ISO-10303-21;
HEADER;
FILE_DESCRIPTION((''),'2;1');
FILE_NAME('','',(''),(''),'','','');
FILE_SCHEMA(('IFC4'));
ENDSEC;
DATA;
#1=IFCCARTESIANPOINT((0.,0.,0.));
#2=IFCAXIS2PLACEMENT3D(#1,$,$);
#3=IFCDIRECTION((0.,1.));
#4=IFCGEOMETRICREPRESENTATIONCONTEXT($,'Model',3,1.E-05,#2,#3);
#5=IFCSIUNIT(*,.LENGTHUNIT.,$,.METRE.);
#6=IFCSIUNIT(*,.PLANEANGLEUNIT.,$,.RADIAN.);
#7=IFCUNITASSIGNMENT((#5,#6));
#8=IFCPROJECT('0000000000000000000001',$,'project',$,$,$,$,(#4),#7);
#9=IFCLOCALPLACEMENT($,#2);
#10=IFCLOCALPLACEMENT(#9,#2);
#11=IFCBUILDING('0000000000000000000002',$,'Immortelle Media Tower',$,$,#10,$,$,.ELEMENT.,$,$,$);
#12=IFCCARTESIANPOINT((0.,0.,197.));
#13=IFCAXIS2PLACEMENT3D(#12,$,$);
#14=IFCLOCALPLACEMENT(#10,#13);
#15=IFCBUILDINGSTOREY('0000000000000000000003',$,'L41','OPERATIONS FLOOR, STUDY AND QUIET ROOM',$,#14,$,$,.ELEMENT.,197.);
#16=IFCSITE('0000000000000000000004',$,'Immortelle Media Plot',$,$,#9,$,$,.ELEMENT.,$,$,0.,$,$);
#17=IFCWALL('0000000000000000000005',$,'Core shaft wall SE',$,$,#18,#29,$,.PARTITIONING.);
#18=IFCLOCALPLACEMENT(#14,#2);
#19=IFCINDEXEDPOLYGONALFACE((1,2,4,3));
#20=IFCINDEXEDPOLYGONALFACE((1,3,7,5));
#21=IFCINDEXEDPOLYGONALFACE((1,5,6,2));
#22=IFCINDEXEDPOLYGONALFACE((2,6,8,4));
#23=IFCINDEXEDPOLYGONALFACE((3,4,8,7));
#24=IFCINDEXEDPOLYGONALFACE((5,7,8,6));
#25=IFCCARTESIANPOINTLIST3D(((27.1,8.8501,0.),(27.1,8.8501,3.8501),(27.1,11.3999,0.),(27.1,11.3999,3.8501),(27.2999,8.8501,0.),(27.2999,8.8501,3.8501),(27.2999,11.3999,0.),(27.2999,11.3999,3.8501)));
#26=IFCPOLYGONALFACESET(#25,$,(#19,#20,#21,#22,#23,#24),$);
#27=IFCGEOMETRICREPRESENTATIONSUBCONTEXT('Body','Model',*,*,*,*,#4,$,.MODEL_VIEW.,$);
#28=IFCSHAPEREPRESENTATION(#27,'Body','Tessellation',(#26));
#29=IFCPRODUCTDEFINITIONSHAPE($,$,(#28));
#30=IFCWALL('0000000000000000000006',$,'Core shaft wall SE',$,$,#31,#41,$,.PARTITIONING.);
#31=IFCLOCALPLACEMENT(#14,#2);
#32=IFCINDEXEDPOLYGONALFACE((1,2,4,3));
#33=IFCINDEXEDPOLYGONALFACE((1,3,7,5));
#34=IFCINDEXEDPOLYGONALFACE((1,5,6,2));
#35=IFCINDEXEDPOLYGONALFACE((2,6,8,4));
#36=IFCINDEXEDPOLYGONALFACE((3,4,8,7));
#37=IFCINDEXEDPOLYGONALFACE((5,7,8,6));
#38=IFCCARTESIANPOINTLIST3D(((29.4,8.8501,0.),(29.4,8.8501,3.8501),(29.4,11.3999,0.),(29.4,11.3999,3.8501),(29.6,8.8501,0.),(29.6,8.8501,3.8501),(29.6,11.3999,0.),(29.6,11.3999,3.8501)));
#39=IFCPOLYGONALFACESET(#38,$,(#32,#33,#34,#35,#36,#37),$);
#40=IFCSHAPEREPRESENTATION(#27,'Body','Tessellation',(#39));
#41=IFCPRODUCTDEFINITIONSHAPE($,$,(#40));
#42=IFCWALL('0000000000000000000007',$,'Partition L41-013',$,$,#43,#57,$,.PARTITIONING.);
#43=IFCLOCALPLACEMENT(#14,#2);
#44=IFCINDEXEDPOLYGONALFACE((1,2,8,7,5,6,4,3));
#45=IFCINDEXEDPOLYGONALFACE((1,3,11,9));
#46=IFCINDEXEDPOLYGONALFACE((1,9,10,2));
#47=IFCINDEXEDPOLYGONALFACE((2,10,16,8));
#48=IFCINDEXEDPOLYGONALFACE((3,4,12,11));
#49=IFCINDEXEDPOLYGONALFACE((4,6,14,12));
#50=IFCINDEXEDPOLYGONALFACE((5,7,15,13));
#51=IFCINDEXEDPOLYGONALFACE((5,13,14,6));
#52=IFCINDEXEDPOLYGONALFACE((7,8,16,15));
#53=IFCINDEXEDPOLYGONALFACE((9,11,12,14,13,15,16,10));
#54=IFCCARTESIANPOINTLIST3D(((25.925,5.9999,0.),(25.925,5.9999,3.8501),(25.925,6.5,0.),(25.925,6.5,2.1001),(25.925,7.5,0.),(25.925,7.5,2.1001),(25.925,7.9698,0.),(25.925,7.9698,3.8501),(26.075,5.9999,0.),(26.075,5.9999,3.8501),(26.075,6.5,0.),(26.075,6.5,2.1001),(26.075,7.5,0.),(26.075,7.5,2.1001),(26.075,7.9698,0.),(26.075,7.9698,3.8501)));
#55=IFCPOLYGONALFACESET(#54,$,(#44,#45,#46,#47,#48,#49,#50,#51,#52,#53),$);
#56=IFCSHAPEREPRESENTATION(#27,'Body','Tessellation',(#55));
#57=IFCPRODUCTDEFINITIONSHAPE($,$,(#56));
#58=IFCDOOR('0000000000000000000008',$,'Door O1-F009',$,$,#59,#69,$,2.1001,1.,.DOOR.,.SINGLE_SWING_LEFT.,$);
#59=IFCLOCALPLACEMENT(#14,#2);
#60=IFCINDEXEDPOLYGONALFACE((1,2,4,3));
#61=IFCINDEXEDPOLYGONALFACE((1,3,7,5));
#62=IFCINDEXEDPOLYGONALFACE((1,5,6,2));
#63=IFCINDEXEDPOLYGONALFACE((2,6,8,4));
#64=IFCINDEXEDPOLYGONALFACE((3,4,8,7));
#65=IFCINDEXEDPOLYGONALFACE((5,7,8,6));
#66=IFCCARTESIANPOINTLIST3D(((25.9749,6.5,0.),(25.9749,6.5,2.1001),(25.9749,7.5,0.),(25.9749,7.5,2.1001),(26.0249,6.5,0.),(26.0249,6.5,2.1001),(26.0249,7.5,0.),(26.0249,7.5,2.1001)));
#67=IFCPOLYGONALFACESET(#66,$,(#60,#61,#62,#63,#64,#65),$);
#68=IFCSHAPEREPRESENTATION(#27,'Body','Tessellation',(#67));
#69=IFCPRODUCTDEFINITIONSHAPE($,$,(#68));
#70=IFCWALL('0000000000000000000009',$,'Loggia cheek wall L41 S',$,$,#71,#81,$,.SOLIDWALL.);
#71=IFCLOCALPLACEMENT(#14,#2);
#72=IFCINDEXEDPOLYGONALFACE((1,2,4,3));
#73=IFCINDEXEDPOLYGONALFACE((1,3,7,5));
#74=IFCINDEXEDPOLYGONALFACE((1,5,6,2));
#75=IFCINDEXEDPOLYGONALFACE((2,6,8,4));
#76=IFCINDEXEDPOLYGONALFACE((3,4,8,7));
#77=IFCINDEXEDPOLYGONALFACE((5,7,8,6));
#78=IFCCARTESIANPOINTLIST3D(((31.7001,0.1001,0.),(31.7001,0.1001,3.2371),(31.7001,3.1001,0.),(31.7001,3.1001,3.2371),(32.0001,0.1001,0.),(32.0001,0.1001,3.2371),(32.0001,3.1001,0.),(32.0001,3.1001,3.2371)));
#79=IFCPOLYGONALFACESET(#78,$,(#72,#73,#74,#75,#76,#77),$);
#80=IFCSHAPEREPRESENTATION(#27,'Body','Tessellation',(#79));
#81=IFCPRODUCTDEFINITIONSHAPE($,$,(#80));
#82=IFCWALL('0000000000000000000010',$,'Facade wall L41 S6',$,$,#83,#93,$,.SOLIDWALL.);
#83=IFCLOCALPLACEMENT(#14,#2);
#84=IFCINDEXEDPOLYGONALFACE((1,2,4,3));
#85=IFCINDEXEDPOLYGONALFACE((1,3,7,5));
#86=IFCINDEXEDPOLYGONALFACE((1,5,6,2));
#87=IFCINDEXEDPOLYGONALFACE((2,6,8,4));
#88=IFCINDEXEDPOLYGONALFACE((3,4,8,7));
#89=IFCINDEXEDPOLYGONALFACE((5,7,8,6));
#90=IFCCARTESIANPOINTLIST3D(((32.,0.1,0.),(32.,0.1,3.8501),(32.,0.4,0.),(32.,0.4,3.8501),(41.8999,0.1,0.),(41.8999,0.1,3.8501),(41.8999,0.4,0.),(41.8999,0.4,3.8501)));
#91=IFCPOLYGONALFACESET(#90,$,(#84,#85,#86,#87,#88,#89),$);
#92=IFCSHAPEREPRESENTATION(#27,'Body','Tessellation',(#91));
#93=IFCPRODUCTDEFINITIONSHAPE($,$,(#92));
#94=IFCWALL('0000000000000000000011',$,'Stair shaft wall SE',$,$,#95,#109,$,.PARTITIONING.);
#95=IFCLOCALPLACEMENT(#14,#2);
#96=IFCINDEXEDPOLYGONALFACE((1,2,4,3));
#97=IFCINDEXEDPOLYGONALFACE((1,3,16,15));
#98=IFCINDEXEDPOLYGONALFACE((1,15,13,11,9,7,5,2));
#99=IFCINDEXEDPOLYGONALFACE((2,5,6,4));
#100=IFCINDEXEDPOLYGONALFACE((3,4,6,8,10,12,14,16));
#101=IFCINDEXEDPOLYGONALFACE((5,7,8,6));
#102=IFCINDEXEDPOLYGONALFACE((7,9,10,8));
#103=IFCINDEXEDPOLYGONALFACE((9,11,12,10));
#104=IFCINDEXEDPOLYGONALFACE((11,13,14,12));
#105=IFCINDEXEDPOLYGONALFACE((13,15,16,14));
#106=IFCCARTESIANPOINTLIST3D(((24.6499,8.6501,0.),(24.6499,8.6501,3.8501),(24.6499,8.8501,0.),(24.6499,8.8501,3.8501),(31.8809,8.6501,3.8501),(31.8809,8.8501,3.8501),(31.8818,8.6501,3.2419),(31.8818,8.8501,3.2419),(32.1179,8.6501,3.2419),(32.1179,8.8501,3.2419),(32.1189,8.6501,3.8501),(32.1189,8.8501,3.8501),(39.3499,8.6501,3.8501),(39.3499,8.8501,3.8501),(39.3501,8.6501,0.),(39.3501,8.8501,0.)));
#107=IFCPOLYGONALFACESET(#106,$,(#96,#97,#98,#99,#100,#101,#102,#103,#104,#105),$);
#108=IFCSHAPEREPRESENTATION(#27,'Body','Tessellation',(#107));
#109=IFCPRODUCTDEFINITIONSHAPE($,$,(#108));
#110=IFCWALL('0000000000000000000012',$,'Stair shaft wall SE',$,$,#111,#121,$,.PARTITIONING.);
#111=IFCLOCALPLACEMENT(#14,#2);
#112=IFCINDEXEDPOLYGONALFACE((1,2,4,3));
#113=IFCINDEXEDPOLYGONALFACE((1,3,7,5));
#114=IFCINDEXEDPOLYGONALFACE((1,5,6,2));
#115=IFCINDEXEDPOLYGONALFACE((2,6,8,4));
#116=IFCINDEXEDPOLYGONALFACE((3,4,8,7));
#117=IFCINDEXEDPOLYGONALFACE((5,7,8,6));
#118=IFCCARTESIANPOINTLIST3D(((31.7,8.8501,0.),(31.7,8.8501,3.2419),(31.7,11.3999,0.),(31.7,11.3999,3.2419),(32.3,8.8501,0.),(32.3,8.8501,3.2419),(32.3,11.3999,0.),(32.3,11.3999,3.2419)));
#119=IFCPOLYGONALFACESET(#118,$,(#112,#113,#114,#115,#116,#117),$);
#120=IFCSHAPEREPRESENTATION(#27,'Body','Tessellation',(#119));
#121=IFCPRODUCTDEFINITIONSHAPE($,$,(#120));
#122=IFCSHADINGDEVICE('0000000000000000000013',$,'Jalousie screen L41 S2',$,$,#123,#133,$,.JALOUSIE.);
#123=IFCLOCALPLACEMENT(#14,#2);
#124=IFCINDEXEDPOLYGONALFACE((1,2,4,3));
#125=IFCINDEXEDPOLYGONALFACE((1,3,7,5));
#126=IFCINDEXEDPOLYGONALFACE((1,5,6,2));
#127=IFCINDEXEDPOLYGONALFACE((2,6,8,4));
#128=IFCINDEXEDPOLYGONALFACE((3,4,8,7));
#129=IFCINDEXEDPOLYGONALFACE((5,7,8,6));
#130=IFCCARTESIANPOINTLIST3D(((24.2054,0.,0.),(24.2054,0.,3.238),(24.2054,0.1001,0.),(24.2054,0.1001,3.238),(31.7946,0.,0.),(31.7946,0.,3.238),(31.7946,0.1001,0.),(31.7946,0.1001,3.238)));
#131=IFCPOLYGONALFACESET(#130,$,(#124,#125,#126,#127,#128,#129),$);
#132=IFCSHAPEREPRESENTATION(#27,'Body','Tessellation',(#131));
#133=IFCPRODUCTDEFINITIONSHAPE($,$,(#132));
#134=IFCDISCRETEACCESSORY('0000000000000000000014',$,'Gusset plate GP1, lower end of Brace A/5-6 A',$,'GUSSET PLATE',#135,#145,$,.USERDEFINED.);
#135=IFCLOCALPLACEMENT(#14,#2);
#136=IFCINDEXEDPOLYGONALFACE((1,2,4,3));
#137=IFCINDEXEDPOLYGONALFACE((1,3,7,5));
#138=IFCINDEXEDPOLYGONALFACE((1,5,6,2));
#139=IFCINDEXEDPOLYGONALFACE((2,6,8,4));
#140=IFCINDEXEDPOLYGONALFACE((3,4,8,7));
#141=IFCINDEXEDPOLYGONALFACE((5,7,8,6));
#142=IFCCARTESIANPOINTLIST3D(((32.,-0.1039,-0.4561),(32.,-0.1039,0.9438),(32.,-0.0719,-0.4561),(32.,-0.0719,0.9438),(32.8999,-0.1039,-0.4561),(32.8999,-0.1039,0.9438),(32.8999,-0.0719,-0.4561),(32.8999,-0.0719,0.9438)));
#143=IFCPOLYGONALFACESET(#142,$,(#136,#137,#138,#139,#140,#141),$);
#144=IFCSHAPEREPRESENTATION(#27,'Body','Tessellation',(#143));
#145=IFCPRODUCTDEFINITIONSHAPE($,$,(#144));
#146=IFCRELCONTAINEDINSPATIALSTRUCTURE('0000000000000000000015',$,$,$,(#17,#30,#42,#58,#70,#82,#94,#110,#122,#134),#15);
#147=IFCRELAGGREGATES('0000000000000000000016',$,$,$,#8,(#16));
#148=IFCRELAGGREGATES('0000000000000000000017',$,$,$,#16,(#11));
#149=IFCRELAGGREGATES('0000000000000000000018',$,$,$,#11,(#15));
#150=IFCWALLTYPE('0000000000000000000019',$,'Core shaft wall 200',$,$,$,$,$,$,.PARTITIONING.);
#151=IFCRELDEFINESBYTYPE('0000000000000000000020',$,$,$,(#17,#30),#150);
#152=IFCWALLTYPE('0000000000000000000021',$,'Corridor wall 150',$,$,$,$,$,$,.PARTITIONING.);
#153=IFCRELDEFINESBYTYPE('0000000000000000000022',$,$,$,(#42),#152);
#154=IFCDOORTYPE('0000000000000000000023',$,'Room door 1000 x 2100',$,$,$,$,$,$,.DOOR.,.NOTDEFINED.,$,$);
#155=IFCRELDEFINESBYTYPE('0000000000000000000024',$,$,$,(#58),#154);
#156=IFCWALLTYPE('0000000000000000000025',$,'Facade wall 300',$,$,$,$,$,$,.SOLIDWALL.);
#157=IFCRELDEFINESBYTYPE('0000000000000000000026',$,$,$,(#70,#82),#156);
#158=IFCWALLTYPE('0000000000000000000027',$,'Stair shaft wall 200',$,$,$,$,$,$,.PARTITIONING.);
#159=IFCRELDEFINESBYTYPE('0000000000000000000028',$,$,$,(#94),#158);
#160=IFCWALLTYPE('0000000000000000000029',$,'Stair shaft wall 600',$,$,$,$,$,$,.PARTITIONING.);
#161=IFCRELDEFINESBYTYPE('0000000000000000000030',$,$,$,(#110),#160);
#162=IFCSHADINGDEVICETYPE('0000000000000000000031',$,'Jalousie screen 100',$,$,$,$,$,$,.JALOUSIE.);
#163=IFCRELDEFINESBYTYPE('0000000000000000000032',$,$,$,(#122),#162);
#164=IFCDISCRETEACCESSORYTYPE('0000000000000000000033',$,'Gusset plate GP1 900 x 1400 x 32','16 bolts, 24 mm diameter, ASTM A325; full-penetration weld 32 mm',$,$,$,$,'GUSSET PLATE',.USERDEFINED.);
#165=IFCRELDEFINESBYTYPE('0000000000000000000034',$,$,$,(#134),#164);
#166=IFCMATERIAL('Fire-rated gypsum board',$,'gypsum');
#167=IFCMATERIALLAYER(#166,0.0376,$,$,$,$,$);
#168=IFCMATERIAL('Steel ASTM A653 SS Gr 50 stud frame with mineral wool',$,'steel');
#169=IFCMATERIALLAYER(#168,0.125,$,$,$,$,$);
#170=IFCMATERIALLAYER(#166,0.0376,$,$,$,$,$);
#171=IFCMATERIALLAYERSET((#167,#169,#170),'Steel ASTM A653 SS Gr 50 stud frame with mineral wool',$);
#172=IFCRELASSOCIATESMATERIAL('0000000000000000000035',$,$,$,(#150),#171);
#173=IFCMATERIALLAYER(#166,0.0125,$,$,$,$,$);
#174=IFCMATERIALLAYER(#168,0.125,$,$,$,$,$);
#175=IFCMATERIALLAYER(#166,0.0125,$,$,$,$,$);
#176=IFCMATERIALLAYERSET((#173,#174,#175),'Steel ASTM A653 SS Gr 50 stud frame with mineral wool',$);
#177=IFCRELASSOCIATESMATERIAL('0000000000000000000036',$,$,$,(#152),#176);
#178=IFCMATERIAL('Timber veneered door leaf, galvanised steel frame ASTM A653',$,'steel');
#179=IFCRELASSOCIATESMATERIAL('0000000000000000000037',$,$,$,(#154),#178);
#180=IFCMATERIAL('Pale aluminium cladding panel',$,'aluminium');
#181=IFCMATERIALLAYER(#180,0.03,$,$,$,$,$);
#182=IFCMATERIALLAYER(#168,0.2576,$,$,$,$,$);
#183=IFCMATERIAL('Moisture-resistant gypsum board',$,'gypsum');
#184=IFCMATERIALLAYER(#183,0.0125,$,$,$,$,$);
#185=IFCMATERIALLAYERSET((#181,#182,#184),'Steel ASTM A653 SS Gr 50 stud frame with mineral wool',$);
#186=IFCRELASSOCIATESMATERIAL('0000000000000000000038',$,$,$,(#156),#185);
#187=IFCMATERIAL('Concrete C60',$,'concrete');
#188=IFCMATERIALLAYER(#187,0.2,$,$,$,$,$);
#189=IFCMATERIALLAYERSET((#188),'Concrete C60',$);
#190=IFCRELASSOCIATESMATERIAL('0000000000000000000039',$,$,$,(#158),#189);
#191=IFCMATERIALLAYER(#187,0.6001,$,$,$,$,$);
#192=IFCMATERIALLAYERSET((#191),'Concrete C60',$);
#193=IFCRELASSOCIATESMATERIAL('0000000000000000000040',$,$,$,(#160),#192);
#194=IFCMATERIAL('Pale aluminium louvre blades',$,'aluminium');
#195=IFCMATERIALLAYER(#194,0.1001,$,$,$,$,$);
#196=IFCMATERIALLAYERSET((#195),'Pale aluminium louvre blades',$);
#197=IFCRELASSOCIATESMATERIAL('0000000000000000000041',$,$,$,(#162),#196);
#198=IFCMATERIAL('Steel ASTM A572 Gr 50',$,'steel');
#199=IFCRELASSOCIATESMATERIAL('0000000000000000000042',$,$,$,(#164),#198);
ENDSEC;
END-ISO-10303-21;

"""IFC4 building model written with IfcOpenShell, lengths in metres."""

from ifc_helpers import new_model, si_unit, direction, frame, frame_2d, origin, origin_2d, place, context, subcontext, project, spatial, polyline, rectangle, outline, extrude, material, layer, layer_set, material_profile, profile_set, type_object, element, fill, save


model = new_model("IFC4")

# Units and contexts
model_context = context("Model", 3, precision=1e-05, world=origin(), true_north=direction((0.0, 1.0)))
body_context = subcontext(model_context, "Body", "Model", "MODEL_VIEW")
ifc_project = project(units=[si_unit("LENGTHUNIT", "METRE"), si_unit("PLANEANGLEUNIT", "RADIAN")], contexts=[model_context])

# Site, building, storey
site_placement = place(None, origin())
site = spatial("IfcSite", under=ifc_project, at=site_placement, Name="Immortelle Media Plot", CompositionType="ELEMENT", RefElevation=0.0)
building_placement = place(site_placement, origin())
building = spatial("IfcBuilding", under=site, at=building_placement, Name="Immortelle Media Tower", CompositionType="ELEMENT")
storey_placement = place(building_placement, frame((0.0, 0.0, 197.0)))
storey = spatial("IfcBuildingStorey", under=building, at=storey_placement, Name="L41", Description="OPERATIONS FLOOR, STUDY AND QUIET ROOM", CompositionType="ELEMENT", Elevation=197.0)

# Walls
ifc_material_1 = material(Name="Fire-rated gypsum board", Category="gypsum")
ifc_layer_1 = layer(ifc_material_1, 0.0376)
ifc_material_2 = material(Name="Steel ASTM A653 SS Gr 50 stud frame with mineral wool", Category="steel")
ifc_layer_2 = layer(ifc_material_2, 0.125)
ifc_layer_3 = layer(ifc_material_1, 0.0376)
ifc_layer_set_1 = layer_set([ifc_layer_1, ifc_layer_2, ifc_layer_3], Name="Steel ASTM A653 SS Gr 50 stud frame with mineral wool")
wall_type_1 = type_object("IfcWallType", Name="Core shaft wall 200", PredefinedType="PARTITIONING", material=ifc_layer_set_1)
for number, where, z_axis, x_axis, name in (
    (1, (27.2, 8.8501, 0.0), (0.0, 0.0, 1.0), (0.0, 1.0, 0.0), "Core shaft wall SE"),
    (2, (29.5, 8.8501, 0.0), (0.0, 0.0, 1.0), (0.0, 1.0, 0.0), "Core shaft wall SE"),
):
    element("IfcWall", number, at=place(storey_placement, frame(where, z_axis=z_axis, x_axis=x_axis)), inside=storey, type_object=wall_type_1, Name=name, PredefinedType="PARTITIONING", context=body_context, shape_type="SweptSolid", body=[
        extrude(rectangle(XDim=2.5498, YDim=0.2, at=frame_2d((1.2749, 0.0))), origin(), (0.0, 0.0, 1.0), 3.8501),
    ])

# Wall, opening, door
ifc_layer_4 = layer(ifc_material_1, 0.0125)
ifc_layer_5 = layer(ifc_material_2, 0.125)
ifc_layer_6 = layer(ifc_material_1, 0.0125)
ifc_layer_set_2 = layer_set([ifc_layer_4, ifc_layer_5, ifc_layer_6], Name="Steel ASTM A653 SS Gr 50 stud frame with mineral wool")
wall_type_2 = type_object("IfcWallType", Name="Corridor wall 150", PredefinedType="PARTITIONING", material=ifc_layer_set_2)
wall_1_placement = place(storey_placement, frame((26.0, 6.0, 0.0), z_axis=(0.0, 0.0, 1.0), x_axis=(0.0, 1.0, 0.0)))
wall_1 = element("IfcWall", 3, at=wall_1_placement, inside=storey, type_object=wall_type_2, Name="Partition L41-013", PredefinedType="PARTITIONING", context=body_context, shape_type="SweptSolid", body=[
    extrude(rectangle(XDim=1.97, YDim=0.1499, at=frame_2d((0.9849, 0.0))), origin(), (0.0, 0.0, 1.0), 3.8501),
])
opening_placement = place(wall_1_placement, frame((1.5, 0.0, 0.0), z_axis=(0.0, 0.0, 1.0), x_axis=(-1.0, 0.0, 0.0)))
opening = element("IfcOpeningElement", 4, at=opening_placement, cuts=wall_1, PredefinedType="OPENING", context=body_context, shape_type="SweptSolid", body=[
    extrude(rectangle(XDim=1.0, YDim=2.1001, at=frame_2d((0.5, 1.05))), frame((0.0, 0.085, 0.0), z_axis=(0.0, -1.0, 0.0), x_axis=(1.0, 0.0, 0.0)), (0.0, 0.0, 1.0), 0.1699),
])
ifc_material_3 = material(Name="Timber veneered door leaf, galvanised steel frame ASTM A653", Category="steel")
door_type = type_object("IfcDoorType", Name="Room door 1000 x 2100", OperationType="NOTDEFINED", PredefinedType="DOOR", material=ifc_material_3)
door_placement = place(opening_placement, origin())
door = element("IfcDoor", 5, at=door_placement, inside=storey, type_object=door_type, Name="Door O1-F009", OperationType="SINGLE_SWING_LEFT", OverallHeight=2.1001, OverallWidth=1.0, PredefinedType="DOOR", context=body_context, shape_type="SweptSolid", body=[
    extrude(rectangle(XDim=1.0, YDim=2.1001, at=frame_2d((0.5, 1.05))), frame((0.0, 0.0249, 0.0), z_axis=(0.0, -1.0, 0.0), x_axis=(1.0, 0.0, 0.0)), (0.0, 0.0, 1.0), 0.05),
])
fill(opening, door)

# Walls
ifc_material_4 = material(Name="Pale aluminium cladding panel", Category="aluminium")
ifc_layer_7 = layer(ifc_material_4, 0.03)
ifc_layer_8 = layer(ifc_material_2, 0.2576)
ifc_material_5 = material(Name="Moisture-resistant gypsum board", Category="gypsum")
ifc_layer_9 = layer(ifc_material_5, 0.0125)
ifc_layer_set_3 = layer_set([ifc_layer_7, ifc_layer_8, ifc_layer_9], Name="Steel ASTM A653 SS Gr 50 stud frame with mineral wool")
wall_type_3 = type_object("IfcWallType", Name="Facade wall 300", PredefinedType="SOLIDWALL", material=ifc_layer_set_3)
wall_2_placement = place(storey_placement, frame((31.8501, 0.1001, 0.0), z_axis=(0.0, 0.0, 1.0), x_axis=(0.0, 1.0, 0.0)))
element("IfcWall", 6, at=wall_2_placement, inside=storey, type_object=wall_type_3, Name="Loggia cheek wall L41 S", PredefinedType="SOLIDWALL", context=body_context, shape_type="SweptSolid", body=[
    extrude(rectangle(XDim=3.0, YDim=0.3, at=frame_2d((1.5, 0.0))), origin(), (0.0, 0.0, 1.0), 3.2371),
])
wall_3_placement = place(storey_placement, frame((32.0, 0.25, 0.0), z_axis=(0.0, 0.0, 1.0), x_axis=(1.0, 0.0, 0.0)))
element("IfcWall", 7, at=wall_3_placement, inside=storey, type_object=wall_type_3, Name="Facade wall L41 S6", PredefinedType="SOLIDWALL", context=body_context, shape_type="SweptSolid", body=[
    extrude(rectangle(XDim=9.8999, YDim=0.3, at=frame_2d((4.95, 0.0))), origin(), (0.0, 0.0, 1.0), 3.8501),
])
ifc_material_6 = material(Name="Concrete C60", Category="concrete")
ifc_layer_10 = layer(ifc_material_6, 0.2)
ifc_layer_set_4 = layer_set([ifc_layer_10], Name="Concrete C60")
wall_type_4 = type_object("IfcWallType", Name="Stair shaft wall 200", PredefinedType="PARTITIONING", material=ifc_layer_set_4)
wall_4_placement = place(storey_placement, frame((24.6499, 8.75, 0.0), z_axis=(0.0, 0.0, 1.0), x_axis=(1.0, 0.0, 0.0)))
element("IfcWall", 8, at=wall_4_placement, inside=storey, type_object=wall_type_4, Name="Stair shaft wall SE", PredefinedType="PARTITIONING", context=body_context, shape_type="SweptSolid", body=[
    extrude(outline(polyline([(0.0, 0.0), (14.7002, 0.0), (14.7, 3.8501), (7.469, 3.8501), (7.468, 3.2419), (7.2319, 3.2419), (7.231, 3.8501), (0.0, 3.8501), (0.0, 0.0)])), frame((0.0, 0.1001, 0.0), z_axis=(0.0, -1.0, 0.0), x_axis=(1.0, 0.0, 0.0)), (0.0, 0.0, 1.0), 0.2),
])
ifc_layer_11 = layer(ifc_material_6, 0.6001)
ifc_layer_set_5 = layer_set([ifc_layer_11], Name="Concrete C60")
wall_type_5 = type_object("IfcWallType", Name="Stair shaft wall 600", PredefinedType="PARTITIONING", material=ifc_layer_set_5)
wall_5_placement = place(storey_placement, frame((32.0, 8.8501, 0.0), z_axis=(0.0, 0.0, 1.0), x_axis=(0.0, 1.0, 0.0)))
element("IfcWall", 9, at=wall_5_placement, inside=storey, type_object=wall_type_5, Name="Stair shaft wall SE", PredefinedType="PARTITIONING", context=body_context, shape_type="SweptSolid", body=[
    extrude(rectangle(XDim=2.5498, YDim=0.6001, at=frame_2d((1.2749, 0.0))), origin(), (0.0, 0.0, 1.0), 3.2419),
])

# Shading device
ifc_material_7 = material(Name="Pale aluminium louvre blades", Category="aluminium")
ifc_layer_12 = layer(ifc_material_7, 0.1001)
ifc_layer_set_6 = layer_set([ifc_layer_12], Name="Pale aluminium louvre blades")
shading_device_type = type_object("IfcShadingDeviceType", Name="Jalousie screen 100", PredefinedType="JALOUSIE", material=ifc_layer_set_6)
shading_device_placement = place(storey_placement, frame((28.0, 0.05, 0.0), z_axis=(0.0, 0.0, 1.0), x_axis=(1.0, 0.0, 0.0)))
element("IfcShadingDevice", 10, at=shading_device_placement, inside=storey, type_object=shading_device_type, Name="Jalousie screen L41 S2", PredefinedType="JALOUSIE", context=body_context, shape_type="SweptSolid", body=[
    extrude(rectangle(XDim=7.5891, YDim=0.1001, at=origin_2d()), origin(), (0.0, 0.0, 1.0), 3.238),
])

# Discrete accessory
ifc_material_8 = material(Name="Steel ASTM A572 Gr 50", Category="steel")
ifc_material_profile_1 = material_profile(ifc_material_8, rectangle(XDim=0.032, YDim=1.3999, at=origin_2d()), Name="PL 32 x 1400")
ifc_profile_set_1 = profile_set([ifc_material_profile_1], Name="Steel ASTM A572 Gr 50")
discrete_accessory_type = type_object("IfcDiscreteAccessoryType", Name="Gusset plate GP1 900 x 1400 x 32", Description="16 bolts, 24 mm diameter, ASTM A325; full-penetration weld 32 mm", ElementType="GUSSET PLATE", PredefinedType="USERDEFINED", material=ifc_profile_set_1)
discrete_accessory_placement = place(storey_placement, frame((32.0, -0.0879, 0.2439), z_axis=(1.0, 0.0, 0.0), x_axis=(0.0, 1.0, 0.0)))
element("IfcDiscreteAccessory", 11, at=discrete_accessory_placement, inside=storey, type_object=discrete_accessory_type, Name="Gusset plate GP1, lower end of Brace A/5-6 A", ObjectType="GUSSET PLATE", PredefinedType="USERDEFINED", context=body_context, shape_type="SweptSolid", body=[
    extrude(rectangle(XDim=0.032, YDim=1.3999, at=origin_2d()), origin(), (0.0, 0.0, 1.0), 0.8999),
])

save(model, "model.ifc")
